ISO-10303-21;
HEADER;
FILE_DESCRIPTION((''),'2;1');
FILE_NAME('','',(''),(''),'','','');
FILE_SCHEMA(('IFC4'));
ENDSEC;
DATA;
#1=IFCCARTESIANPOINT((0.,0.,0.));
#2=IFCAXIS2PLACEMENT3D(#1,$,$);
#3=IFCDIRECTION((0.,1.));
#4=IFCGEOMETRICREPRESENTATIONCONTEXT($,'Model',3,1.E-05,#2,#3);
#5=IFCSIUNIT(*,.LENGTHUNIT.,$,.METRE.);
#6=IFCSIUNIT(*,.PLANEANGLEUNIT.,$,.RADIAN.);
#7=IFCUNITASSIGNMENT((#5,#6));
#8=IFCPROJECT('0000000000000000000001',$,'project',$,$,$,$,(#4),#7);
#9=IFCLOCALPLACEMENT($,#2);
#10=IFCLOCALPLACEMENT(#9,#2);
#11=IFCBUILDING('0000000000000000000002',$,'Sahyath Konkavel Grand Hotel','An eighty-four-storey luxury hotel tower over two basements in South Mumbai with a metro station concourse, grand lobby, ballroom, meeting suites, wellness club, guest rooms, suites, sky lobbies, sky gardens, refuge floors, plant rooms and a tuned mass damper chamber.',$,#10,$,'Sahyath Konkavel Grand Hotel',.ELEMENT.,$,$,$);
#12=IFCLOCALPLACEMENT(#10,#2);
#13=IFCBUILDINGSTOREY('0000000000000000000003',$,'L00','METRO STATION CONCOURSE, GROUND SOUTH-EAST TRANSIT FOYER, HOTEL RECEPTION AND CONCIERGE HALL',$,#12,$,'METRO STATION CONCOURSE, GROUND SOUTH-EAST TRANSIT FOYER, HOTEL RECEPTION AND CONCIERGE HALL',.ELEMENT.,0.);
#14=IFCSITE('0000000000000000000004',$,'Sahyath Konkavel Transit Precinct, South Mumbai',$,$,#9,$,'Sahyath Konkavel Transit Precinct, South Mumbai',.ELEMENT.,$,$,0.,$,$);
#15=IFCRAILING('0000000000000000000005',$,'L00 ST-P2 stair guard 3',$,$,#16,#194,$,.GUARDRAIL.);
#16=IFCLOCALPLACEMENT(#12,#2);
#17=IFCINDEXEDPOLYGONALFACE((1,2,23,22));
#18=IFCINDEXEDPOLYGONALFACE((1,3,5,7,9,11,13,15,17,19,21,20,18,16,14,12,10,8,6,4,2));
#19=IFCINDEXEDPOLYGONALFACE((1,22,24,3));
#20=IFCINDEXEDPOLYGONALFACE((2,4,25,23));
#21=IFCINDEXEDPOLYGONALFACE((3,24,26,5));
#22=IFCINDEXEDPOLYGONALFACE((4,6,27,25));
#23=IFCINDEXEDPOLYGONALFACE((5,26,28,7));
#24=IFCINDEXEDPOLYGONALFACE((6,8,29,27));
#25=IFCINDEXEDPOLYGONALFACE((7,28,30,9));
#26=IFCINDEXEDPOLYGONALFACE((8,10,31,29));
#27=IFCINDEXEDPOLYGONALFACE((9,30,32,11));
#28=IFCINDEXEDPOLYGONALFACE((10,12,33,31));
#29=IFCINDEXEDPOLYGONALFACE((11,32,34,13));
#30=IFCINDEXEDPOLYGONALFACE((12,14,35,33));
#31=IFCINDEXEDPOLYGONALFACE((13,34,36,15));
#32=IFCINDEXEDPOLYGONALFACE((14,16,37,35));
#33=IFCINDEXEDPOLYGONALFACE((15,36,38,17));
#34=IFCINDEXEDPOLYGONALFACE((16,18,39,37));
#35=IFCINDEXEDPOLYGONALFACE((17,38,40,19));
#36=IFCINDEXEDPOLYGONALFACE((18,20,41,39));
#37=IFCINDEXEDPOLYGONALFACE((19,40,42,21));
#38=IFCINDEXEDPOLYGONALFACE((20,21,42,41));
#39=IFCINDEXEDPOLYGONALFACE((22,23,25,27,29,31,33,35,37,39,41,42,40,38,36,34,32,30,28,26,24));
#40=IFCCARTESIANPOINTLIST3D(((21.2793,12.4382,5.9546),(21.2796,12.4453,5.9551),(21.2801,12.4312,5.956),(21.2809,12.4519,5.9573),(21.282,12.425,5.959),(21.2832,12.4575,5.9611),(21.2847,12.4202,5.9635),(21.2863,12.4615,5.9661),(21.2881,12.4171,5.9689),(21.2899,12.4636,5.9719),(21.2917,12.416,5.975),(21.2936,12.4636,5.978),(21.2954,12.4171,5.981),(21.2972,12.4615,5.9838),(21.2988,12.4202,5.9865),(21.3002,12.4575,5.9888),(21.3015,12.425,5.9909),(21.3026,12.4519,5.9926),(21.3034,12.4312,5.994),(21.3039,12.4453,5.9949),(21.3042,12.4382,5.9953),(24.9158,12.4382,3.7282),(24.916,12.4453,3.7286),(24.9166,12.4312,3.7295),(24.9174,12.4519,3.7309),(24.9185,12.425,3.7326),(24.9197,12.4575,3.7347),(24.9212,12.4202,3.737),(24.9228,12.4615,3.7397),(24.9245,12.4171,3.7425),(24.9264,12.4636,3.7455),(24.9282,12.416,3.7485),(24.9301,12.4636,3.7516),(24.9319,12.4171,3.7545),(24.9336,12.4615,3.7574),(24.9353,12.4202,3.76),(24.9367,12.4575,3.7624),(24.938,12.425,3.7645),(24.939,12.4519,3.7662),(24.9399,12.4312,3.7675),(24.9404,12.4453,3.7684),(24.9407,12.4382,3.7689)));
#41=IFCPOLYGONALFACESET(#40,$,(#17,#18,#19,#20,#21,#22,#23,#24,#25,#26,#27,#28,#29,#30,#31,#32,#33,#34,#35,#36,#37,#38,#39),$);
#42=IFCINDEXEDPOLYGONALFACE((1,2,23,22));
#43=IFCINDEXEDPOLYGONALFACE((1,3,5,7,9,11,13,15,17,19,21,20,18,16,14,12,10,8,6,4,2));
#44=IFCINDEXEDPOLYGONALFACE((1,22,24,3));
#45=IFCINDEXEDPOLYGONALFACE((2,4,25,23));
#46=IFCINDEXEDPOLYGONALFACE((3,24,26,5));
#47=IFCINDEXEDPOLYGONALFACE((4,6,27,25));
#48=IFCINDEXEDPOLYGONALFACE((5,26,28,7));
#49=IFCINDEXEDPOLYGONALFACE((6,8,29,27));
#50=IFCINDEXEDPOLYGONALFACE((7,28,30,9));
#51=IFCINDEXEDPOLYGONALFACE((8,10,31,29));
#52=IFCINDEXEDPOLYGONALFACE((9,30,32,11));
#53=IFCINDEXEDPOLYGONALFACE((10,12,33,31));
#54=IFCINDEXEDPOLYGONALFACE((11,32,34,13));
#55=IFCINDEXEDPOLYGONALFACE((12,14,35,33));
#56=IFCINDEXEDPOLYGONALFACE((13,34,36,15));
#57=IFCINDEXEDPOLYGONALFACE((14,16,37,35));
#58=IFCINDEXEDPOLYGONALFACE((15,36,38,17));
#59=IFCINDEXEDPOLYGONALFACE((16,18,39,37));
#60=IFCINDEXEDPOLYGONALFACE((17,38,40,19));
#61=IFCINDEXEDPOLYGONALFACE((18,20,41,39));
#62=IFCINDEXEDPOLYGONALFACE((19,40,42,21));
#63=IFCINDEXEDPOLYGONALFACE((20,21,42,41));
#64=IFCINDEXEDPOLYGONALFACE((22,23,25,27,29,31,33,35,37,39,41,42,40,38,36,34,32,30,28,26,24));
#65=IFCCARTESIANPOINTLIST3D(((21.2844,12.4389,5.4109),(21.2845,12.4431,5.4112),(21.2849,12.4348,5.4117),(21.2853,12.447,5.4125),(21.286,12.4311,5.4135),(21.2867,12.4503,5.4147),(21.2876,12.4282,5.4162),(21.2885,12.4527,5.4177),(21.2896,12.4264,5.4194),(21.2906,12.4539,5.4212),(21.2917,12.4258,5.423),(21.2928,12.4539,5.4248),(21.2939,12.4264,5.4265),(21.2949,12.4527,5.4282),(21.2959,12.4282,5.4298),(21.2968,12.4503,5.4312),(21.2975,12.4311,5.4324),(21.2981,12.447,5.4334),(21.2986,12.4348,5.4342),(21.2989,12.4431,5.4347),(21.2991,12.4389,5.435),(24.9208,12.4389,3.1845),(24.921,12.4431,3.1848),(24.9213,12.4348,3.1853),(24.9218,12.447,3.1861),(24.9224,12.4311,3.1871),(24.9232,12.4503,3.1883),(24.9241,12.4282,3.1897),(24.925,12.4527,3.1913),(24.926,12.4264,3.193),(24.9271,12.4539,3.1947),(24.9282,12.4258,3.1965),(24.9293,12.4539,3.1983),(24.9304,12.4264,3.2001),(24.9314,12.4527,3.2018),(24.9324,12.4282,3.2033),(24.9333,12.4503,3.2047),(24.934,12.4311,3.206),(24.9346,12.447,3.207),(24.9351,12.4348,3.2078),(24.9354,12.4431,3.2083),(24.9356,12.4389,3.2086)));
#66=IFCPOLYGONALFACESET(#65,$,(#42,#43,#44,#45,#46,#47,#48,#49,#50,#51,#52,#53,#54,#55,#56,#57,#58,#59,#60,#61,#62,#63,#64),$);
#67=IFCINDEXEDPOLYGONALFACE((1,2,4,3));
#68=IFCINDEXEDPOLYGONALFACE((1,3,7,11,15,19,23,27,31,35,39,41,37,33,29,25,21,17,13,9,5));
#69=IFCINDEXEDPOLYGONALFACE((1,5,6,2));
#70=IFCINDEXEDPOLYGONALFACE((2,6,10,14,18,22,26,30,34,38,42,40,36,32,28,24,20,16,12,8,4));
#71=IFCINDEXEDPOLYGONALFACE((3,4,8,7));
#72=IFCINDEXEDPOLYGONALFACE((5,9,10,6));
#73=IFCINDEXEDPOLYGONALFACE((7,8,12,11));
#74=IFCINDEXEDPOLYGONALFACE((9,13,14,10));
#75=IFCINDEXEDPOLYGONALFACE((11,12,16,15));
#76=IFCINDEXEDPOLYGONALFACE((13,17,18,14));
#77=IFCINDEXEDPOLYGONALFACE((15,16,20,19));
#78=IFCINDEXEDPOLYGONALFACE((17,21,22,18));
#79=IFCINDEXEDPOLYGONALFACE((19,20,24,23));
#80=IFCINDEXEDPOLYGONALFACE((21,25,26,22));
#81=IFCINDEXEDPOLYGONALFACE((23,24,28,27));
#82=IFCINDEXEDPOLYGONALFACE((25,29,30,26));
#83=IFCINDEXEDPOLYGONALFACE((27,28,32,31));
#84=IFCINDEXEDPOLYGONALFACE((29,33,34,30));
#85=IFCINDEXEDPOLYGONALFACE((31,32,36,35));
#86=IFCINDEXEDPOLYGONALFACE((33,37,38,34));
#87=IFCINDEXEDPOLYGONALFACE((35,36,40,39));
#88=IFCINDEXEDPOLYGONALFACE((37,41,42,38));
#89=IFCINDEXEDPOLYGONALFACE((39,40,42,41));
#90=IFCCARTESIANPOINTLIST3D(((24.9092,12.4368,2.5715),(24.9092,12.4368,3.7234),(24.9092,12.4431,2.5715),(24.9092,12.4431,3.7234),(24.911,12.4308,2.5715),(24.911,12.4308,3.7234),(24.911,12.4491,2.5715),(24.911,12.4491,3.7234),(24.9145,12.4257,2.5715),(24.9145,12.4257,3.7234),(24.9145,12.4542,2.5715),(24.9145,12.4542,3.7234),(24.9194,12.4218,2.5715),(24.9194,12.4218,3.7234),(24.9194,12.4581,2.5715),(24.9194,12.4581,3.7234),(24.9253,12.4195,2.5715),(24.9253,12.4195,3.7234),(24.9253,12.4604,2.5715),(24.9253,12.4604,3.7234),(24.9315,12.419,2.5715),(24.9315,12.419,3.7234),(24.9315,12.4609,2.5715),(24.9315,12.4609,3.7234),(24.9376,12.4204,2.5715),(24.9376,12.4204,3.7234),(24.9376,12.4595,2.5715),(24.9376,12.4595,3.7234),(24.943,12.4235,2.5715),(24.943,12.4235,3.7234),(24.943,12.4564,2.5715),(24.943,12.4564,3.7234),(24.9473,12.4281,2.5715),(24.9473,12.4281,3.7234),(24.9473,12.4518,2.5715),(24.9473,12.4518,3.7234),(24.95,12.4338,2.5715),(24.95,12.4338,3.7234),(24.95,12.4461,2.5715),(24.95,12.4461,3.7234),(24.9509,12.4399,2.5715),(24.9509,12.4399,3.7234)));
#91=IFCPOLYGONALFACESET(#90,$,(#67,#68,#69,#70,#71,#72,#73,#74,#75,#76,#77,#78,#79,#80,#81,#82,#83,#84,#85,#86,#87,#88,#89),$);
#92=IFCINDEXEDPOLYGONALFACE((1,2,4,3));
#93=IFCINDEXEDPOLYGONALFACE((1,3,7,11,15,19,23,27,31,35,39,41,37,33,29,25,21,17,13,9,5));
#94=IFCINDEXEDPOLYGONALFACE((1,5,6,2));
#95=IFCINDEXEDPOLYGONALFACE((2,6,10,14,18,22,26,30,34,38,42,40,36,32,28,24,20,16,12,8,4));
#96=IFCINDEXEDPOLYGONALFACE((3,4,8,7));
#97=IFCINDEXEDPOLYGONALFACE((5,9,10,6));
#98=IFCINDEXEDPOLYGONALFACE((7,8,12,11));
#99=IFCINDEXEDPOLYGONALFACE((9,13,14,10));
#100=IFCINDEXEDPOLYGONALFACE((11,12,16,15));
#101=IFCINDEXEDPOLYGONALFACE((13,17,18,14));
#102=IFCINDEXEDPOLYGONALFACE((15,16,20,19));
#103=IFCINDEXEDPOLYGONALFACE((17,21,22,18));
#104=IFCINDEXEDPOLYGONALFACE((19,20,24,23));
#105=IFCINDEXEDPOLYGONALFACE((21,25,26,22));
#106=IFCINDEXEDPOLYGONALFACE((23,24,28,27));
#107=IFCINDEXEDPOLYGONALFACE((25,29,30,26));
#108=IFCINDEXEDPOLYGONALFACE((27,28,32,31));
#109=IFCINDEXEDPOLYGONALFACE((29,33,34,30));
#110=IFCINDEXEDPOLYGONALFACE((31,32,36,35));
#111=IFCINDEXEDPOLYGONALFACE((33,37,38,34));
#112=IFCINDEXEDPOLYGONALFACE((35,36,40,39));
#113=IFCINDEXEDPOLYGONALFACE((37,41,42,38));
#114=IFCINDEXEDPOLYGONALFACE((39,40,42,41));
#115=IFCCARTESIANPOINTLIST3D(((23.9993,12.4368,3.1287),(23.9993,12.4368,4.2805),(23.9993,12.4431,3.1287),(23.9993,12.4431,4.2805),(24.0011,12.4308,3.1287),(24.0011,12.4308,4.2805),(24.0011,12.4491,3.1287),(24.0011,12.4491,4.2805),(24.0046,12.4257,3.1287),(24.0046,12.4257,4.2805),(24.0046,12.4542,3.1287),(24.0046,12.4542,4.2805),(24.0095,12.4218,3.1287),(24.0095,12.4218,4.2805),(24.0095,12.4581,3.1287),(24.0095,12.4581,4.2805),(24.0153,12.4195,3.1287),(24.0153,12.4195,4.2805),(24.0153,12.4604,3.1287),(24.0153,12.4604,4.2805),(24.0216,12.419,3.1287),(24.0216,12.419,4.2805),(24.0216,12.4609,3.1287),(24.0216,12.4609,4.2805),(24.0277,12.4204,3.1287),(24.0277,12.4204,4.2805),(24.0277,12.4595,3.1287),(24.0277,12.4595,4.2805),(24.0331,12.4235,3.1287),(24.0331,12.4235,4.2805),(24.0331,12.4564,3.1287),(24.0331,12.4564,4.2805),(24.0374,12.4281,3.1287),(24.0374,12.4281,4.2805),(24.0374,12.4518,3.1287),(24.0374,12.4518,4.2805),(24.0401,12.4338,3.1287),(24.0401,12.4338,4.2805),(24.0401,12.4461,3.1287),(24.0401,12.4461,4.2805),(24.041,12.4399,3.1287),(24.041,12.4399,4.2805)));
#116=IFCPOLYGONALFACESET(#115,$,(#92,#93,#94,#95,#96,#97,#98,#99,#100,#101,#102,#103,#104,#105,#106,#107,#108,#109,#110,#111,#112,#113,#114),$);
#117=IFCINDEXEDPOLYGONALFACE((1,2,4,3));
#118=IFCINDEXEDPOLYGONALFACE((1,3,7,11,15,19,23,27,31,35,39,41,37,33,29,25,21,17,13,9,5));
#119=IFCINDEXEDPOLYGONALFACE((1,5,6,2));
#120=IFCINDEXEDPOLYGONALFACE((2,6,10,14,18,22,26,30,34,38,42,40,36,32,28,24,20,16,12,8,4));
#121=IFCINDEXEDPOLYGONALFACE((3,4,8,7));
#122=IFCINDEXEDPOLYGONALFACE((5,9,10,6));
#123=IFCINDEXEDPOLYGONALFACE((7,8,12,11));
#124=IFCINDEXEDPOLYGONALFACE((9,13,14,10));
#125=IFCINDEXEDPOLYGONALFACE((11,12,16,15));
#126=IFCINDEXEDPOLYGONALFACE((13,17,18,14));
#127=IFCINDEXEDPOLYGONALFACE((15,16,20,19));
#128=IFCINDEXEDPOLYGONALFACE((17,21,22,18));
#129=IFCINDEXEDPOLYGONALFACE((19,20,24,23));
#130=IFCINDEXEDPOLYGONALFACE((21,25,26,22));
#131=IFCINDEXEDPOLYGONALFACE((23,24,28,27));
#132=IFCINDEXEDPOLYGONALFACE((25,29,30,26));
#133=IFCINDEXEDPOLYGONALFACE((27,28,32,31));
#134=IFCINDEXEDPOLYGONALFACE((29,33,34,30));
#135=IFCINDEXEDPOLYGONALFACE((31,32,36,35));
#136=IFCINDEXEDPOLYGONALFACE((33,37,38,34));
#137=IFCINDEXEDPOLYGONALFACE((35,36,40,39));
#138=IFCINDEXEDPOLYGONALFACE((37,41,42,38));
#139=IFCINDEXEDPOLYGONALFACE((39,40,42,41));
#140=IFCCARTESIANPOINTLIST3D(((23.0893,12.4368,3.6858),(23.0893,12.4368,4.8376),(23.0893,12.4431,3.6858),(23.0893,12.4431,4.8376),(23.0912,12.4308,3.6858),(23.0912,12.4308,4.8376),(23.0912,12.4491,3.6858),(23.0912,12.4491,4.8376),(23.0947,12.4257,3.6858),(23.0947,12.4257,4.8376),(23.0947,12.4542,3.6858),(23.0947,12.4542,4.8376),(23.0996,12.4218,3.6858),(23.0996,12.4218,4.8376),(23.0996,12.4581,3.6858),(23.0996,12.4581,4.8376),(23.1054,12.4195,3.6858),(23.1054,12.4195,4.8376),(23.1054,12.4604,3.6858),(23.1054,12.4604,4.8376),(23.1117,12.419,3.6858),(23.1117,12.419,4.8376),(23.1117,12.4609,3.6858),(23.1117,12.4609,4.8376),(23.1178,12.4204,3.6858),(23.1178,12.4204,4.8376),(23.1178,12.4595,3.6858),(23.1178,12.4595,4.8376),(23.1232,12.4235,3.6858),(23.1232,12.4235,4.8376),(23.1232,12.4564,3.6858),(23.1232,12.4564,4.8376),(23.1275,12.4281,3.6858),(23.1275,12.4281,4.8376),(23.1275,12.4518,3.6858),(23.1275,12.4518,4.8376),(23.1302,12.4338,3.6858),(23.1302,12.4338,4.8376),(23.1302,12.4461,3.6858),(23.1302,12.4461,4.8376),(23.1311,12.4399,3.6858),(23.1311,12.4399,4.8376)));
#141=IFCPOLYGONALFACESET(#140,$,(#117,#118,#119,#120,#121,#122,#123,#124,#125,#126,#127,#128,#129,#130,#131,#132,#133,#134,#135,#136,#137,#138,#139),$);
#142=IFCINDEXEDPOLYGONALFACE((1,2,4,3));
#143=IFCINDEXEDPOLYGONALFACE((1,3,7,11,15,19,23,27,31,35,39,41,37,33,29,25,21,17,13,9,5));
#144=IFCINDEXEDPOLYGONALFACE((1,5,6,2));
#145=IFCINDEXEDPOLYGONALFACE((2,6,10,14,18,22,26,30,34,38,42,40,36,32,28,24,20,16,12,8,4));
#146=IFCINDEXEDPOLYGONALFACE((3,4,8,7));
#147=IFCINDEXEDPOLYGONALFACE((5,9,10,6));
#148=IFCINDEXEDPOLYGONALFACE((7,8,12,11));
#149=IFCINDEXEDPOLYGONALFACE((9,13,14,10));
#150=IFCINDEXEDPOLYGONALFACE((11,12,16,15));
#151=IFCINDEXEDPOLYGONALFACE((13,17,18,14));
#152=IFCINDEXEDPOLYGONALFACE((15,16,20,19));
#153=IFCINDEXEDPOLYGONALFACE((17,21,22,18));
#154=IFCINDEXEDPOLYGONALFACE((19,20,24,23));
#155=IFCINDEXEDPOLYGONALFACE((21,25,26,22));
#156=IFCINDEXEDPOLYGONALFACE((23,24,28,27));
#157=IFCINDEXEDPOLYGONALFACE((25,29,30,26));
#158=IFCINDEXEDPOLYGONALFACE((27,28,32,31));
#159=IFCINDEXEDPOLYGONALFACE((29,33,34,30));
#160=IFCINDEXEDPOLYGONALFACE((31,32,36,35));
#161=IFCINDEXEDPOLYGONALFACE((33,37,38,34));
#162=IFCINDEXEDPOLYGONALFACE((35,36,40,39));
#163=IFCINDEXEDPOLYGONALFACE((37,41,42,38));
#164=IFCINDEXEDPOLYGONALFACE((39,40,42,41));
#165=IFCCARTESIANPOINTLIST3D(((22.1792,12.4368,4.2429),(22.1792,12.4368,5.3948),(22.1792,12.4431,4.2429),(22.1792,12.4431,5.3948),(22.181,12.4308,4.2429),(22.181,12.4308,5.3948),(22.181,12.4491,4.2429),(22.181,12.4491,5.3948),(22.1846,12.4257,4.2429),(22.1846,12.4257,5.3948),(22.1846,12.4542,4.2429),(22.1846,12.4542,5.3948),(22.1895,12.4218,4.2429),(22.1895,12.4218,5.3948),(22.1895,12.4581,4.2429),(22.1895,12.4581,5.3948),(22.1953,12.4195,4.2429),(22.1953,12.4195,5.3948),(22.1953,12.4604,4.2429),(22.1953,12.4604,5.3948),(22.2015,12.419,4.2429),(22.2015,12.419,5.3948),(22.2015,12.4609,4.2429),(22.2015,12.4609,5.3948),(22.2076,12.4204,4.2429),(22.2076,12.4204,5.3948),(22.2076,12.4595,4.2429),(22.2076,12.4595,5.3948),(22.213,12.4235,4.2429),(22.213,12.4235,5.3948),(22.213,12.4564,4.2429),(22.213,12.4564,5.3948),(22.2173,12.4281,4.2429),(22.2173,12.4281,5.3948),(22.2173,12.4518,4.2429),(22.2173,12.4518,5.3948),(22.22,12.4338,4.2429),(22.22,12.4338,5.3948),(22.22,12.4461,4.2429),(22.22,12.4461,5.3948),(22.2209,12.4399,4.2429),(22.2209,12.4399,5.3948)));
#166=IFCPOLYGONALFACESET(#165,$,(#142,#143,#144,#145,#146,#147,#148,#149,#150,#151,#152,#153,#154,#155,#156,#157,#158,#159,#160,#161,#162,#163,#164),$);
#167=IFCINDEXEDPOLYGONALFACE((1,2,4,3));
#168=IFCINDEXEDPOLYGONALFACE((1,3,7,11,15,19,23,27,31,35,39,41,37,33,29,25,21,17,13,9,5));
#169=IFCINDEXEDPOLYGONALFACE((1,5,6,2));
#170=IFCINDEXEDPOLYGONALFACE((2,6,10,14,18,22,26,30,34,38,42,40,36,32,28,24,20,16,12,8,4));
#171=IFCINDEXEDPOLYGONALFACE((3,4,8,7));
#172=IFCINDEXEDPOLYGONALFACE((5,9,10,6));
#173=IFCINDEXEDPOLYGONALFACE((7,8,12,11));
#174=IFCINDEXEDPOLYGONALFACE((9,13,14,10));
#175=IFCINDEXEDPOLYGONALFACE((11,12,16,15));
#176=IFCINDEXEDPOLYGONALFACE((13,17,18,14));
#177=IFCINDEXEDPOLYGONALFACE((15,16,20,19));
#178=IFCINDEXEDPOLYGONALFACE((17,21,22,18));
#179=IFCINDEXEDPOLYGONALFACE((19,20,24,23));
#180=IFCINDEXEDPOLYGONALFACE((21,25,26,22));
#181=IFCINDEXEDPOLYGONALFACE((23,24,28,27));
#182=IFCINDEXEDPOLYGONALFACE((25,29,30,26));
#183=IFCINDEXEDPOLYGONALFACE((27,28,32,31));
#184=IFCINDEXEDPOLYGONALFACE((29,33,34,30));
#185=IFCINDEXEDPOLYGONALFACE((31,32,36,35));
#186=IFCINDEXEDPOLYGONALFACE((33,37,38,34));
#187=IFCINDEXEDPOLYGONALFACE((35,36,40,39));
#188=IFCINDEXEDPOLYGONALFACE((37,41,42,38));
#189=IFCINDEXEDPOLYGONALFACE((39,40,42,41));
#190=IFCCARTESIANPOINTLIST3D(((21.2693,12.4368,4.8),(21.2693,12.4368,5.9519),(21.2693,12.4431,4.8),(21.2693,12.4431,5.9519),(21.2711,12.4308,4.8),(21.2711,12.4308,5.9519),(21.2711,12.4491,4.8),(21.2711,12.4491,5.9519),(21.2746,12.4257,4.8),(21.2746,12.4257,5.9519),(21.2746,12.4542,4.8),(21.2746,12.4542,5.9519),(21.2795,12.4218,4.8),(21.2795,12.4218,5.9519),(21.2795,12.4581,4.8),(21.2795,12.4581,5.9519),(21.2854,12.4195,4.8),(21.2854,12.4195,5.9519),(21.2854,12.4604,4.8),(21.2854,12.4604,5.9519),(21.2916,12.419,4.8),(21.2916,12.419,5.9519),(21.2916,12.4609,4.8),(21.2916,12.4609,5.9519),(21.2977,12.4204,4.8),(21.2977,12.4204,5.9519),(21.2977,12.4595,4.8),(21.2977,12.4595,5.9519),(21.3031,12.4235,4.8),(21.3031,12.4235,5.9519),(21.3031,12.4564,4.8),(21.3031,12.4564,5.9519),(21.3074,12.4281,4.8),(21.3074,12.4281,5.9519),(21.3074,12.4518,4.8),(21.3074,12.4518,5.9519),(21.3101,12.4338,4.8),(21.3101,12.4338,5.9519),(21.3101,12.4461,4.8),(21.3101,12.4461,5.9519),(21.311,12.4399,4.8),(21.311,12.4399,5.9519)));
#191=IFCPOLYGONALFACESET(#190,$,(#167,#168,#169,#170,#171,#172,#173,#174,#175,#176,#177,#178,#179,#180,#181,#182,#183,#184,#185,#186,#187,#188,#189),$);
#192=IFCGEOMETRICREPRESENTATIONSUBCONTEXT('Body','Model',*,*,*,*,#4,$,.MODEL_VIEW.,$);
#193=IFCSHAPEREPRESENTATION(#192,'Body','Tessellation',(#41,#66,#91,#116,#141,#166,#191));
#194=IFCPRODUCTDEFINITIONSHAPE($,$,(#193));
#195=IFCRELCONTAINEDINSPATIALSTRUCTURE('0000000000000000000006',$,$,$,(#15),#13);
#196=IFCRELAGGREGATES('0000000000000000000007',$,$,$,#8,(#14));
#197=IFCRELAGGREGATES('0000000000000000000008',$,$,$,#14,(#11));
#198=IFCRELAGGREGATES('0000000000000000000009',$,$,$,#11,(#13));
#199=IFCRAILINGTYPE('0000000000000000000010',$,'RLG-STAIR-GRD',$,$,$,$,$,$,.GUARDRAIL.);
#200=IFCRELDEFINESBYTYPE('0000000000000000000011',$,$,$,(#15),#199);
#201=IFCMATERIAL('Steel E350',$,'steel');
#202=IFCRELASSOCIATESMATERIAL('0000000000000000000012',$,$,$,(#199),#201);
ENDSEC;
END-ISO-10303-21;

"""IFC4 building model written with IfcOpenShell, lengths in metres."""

from ifc_helpers import new_model, si_unit, direction, frame, origin, origin_2d, place, context, subcontext, project, spatial, circle, extrude, material, type_object, element, save


model = new_model("IFC4")

# Units and contexts
model_context = context("Model", 3, precision=1e-05, world=origin(), true_north=direction((0.0, 1.0)))
body_context = subcontext(model_context, "Body", "Model", "MODEL_VIEW")
ifc_project = project(units=[si_unit("LENGTHUNIT", "METRE"), si_unit("PLANEANGLEUNIT", "RADIAN")], contexts=[model_context])

# Site, building, storey
site_placement = place(None, origin())
site = spatial("IfcSite", under=ifc_project, at=site_placement, Name="Sahyath Konkavel Transit Precinct, South Mumbai", LongName="Sahyath Konkavel Transit Precinct, South Mumbai", CompositionType="ELEMENT", RefElevation=0.0)
building_placement = place(site_placement, origin())
building = spatial("IfcBuilding", under=site, at=building_placement, Name="Sahyath Konkavel Grand Hotel", Description="An eighty-four-storey luxury hotel tower over two basements in South Mumbai with a metro station concourse, grand lobby, ballroom, meeting suites, wellness club, guest rooms, suites, sky lobbies, sky gardens, refuge floors, plant rooms and a tuned mass damper chamber.", LongName="Sahyath Konkavel Grand Hotel", CompositionType="ELEMENT")
storey_placement = place(building_placement, origin())
storey = spatial("IfcBuildingStorey", under=building, at=storey_placement, Name="L00", Description="METRO STATION CONCOURSE, GROUND SOUTH-EAST TRANSIT FOYER, HOTEL RECEPTION AND CONCIERGE HALL", LongName="METRO STATION CONCOURSE, GROUND SOUTH-EAST TRANSIT FOYER, HOTEL RECEPTION AND CONCIERGE HALL", CompositionType="ELEMENT", Elevation=0.0)

# Shared definitions
ifc_material_1 = material(Name="Steel E350", Category="steel")

# Railing
railing_type_1 = type_object("IfcRailingType", Name="RLG-STAIR-GRD", PredefinedType="GUARDRAIL", material=ifc_material_1)
railing_1_placement = place(storey_placement, frame((24.9299, 12.4399, 2.5715)))
element("IfcRailing", 1, at=railing_1_placement, inside=storey, type_object=railing_type_1, Name="L00 ST-P2 stair guard 3", PredefinedType="GUARDRAIL", context=body_context, shape_type="SweptSolid", body=[
    extrude(circle(Radius=0.0239, at=origin_2d()), frame((-0.0017, 0.0, 1.177), z_axis=(-0.85285, 0.0, 0.522156), x_axis=(0.0, -1.0, 0.0)), (0.0, 0.0, 1.0), 4.2639),
    extrude(circle(Radius=0.0142, at=origin_2d()), frame((-0.0017, 0.0, 0.625), z_axis=(-0.85285, 0.0, 0.522156), x_axis=(0.0, -1.0, 0.0)), (0.0, 0.0, 1.0), 4.2639),
    extrude(circle(Radius=0.021, at=origin_2d()), origin(), (0.0, 0.0, 1.0), 1.1519),
    extrude(circle(Radius=0.021, at=origin_2d()), frame((-0.9099, 0.0, 0.5571)), (0.0, 0.0, 1.0), 1.1519),
    extrude(circle(Radius=0.021, at=origin_2d()), frame((-1.8198, 0.0, 1.1143)), (0.0, 0.0, 1.0), 1.1519),
    extrude(circle(Radius=0.021, at=origin_2d()), frame((-2.73, 0.0, 1.6714)), (0.0, 0.0, 1.0), 1.1519),
    extrude(circle(Radius=0.021, at=origin_2d()), frame((-3.6399, 0.0, 2.2285)), (0.0, 0.0, 1.0), 1.1519),
])

save(model, "model.ifc")
